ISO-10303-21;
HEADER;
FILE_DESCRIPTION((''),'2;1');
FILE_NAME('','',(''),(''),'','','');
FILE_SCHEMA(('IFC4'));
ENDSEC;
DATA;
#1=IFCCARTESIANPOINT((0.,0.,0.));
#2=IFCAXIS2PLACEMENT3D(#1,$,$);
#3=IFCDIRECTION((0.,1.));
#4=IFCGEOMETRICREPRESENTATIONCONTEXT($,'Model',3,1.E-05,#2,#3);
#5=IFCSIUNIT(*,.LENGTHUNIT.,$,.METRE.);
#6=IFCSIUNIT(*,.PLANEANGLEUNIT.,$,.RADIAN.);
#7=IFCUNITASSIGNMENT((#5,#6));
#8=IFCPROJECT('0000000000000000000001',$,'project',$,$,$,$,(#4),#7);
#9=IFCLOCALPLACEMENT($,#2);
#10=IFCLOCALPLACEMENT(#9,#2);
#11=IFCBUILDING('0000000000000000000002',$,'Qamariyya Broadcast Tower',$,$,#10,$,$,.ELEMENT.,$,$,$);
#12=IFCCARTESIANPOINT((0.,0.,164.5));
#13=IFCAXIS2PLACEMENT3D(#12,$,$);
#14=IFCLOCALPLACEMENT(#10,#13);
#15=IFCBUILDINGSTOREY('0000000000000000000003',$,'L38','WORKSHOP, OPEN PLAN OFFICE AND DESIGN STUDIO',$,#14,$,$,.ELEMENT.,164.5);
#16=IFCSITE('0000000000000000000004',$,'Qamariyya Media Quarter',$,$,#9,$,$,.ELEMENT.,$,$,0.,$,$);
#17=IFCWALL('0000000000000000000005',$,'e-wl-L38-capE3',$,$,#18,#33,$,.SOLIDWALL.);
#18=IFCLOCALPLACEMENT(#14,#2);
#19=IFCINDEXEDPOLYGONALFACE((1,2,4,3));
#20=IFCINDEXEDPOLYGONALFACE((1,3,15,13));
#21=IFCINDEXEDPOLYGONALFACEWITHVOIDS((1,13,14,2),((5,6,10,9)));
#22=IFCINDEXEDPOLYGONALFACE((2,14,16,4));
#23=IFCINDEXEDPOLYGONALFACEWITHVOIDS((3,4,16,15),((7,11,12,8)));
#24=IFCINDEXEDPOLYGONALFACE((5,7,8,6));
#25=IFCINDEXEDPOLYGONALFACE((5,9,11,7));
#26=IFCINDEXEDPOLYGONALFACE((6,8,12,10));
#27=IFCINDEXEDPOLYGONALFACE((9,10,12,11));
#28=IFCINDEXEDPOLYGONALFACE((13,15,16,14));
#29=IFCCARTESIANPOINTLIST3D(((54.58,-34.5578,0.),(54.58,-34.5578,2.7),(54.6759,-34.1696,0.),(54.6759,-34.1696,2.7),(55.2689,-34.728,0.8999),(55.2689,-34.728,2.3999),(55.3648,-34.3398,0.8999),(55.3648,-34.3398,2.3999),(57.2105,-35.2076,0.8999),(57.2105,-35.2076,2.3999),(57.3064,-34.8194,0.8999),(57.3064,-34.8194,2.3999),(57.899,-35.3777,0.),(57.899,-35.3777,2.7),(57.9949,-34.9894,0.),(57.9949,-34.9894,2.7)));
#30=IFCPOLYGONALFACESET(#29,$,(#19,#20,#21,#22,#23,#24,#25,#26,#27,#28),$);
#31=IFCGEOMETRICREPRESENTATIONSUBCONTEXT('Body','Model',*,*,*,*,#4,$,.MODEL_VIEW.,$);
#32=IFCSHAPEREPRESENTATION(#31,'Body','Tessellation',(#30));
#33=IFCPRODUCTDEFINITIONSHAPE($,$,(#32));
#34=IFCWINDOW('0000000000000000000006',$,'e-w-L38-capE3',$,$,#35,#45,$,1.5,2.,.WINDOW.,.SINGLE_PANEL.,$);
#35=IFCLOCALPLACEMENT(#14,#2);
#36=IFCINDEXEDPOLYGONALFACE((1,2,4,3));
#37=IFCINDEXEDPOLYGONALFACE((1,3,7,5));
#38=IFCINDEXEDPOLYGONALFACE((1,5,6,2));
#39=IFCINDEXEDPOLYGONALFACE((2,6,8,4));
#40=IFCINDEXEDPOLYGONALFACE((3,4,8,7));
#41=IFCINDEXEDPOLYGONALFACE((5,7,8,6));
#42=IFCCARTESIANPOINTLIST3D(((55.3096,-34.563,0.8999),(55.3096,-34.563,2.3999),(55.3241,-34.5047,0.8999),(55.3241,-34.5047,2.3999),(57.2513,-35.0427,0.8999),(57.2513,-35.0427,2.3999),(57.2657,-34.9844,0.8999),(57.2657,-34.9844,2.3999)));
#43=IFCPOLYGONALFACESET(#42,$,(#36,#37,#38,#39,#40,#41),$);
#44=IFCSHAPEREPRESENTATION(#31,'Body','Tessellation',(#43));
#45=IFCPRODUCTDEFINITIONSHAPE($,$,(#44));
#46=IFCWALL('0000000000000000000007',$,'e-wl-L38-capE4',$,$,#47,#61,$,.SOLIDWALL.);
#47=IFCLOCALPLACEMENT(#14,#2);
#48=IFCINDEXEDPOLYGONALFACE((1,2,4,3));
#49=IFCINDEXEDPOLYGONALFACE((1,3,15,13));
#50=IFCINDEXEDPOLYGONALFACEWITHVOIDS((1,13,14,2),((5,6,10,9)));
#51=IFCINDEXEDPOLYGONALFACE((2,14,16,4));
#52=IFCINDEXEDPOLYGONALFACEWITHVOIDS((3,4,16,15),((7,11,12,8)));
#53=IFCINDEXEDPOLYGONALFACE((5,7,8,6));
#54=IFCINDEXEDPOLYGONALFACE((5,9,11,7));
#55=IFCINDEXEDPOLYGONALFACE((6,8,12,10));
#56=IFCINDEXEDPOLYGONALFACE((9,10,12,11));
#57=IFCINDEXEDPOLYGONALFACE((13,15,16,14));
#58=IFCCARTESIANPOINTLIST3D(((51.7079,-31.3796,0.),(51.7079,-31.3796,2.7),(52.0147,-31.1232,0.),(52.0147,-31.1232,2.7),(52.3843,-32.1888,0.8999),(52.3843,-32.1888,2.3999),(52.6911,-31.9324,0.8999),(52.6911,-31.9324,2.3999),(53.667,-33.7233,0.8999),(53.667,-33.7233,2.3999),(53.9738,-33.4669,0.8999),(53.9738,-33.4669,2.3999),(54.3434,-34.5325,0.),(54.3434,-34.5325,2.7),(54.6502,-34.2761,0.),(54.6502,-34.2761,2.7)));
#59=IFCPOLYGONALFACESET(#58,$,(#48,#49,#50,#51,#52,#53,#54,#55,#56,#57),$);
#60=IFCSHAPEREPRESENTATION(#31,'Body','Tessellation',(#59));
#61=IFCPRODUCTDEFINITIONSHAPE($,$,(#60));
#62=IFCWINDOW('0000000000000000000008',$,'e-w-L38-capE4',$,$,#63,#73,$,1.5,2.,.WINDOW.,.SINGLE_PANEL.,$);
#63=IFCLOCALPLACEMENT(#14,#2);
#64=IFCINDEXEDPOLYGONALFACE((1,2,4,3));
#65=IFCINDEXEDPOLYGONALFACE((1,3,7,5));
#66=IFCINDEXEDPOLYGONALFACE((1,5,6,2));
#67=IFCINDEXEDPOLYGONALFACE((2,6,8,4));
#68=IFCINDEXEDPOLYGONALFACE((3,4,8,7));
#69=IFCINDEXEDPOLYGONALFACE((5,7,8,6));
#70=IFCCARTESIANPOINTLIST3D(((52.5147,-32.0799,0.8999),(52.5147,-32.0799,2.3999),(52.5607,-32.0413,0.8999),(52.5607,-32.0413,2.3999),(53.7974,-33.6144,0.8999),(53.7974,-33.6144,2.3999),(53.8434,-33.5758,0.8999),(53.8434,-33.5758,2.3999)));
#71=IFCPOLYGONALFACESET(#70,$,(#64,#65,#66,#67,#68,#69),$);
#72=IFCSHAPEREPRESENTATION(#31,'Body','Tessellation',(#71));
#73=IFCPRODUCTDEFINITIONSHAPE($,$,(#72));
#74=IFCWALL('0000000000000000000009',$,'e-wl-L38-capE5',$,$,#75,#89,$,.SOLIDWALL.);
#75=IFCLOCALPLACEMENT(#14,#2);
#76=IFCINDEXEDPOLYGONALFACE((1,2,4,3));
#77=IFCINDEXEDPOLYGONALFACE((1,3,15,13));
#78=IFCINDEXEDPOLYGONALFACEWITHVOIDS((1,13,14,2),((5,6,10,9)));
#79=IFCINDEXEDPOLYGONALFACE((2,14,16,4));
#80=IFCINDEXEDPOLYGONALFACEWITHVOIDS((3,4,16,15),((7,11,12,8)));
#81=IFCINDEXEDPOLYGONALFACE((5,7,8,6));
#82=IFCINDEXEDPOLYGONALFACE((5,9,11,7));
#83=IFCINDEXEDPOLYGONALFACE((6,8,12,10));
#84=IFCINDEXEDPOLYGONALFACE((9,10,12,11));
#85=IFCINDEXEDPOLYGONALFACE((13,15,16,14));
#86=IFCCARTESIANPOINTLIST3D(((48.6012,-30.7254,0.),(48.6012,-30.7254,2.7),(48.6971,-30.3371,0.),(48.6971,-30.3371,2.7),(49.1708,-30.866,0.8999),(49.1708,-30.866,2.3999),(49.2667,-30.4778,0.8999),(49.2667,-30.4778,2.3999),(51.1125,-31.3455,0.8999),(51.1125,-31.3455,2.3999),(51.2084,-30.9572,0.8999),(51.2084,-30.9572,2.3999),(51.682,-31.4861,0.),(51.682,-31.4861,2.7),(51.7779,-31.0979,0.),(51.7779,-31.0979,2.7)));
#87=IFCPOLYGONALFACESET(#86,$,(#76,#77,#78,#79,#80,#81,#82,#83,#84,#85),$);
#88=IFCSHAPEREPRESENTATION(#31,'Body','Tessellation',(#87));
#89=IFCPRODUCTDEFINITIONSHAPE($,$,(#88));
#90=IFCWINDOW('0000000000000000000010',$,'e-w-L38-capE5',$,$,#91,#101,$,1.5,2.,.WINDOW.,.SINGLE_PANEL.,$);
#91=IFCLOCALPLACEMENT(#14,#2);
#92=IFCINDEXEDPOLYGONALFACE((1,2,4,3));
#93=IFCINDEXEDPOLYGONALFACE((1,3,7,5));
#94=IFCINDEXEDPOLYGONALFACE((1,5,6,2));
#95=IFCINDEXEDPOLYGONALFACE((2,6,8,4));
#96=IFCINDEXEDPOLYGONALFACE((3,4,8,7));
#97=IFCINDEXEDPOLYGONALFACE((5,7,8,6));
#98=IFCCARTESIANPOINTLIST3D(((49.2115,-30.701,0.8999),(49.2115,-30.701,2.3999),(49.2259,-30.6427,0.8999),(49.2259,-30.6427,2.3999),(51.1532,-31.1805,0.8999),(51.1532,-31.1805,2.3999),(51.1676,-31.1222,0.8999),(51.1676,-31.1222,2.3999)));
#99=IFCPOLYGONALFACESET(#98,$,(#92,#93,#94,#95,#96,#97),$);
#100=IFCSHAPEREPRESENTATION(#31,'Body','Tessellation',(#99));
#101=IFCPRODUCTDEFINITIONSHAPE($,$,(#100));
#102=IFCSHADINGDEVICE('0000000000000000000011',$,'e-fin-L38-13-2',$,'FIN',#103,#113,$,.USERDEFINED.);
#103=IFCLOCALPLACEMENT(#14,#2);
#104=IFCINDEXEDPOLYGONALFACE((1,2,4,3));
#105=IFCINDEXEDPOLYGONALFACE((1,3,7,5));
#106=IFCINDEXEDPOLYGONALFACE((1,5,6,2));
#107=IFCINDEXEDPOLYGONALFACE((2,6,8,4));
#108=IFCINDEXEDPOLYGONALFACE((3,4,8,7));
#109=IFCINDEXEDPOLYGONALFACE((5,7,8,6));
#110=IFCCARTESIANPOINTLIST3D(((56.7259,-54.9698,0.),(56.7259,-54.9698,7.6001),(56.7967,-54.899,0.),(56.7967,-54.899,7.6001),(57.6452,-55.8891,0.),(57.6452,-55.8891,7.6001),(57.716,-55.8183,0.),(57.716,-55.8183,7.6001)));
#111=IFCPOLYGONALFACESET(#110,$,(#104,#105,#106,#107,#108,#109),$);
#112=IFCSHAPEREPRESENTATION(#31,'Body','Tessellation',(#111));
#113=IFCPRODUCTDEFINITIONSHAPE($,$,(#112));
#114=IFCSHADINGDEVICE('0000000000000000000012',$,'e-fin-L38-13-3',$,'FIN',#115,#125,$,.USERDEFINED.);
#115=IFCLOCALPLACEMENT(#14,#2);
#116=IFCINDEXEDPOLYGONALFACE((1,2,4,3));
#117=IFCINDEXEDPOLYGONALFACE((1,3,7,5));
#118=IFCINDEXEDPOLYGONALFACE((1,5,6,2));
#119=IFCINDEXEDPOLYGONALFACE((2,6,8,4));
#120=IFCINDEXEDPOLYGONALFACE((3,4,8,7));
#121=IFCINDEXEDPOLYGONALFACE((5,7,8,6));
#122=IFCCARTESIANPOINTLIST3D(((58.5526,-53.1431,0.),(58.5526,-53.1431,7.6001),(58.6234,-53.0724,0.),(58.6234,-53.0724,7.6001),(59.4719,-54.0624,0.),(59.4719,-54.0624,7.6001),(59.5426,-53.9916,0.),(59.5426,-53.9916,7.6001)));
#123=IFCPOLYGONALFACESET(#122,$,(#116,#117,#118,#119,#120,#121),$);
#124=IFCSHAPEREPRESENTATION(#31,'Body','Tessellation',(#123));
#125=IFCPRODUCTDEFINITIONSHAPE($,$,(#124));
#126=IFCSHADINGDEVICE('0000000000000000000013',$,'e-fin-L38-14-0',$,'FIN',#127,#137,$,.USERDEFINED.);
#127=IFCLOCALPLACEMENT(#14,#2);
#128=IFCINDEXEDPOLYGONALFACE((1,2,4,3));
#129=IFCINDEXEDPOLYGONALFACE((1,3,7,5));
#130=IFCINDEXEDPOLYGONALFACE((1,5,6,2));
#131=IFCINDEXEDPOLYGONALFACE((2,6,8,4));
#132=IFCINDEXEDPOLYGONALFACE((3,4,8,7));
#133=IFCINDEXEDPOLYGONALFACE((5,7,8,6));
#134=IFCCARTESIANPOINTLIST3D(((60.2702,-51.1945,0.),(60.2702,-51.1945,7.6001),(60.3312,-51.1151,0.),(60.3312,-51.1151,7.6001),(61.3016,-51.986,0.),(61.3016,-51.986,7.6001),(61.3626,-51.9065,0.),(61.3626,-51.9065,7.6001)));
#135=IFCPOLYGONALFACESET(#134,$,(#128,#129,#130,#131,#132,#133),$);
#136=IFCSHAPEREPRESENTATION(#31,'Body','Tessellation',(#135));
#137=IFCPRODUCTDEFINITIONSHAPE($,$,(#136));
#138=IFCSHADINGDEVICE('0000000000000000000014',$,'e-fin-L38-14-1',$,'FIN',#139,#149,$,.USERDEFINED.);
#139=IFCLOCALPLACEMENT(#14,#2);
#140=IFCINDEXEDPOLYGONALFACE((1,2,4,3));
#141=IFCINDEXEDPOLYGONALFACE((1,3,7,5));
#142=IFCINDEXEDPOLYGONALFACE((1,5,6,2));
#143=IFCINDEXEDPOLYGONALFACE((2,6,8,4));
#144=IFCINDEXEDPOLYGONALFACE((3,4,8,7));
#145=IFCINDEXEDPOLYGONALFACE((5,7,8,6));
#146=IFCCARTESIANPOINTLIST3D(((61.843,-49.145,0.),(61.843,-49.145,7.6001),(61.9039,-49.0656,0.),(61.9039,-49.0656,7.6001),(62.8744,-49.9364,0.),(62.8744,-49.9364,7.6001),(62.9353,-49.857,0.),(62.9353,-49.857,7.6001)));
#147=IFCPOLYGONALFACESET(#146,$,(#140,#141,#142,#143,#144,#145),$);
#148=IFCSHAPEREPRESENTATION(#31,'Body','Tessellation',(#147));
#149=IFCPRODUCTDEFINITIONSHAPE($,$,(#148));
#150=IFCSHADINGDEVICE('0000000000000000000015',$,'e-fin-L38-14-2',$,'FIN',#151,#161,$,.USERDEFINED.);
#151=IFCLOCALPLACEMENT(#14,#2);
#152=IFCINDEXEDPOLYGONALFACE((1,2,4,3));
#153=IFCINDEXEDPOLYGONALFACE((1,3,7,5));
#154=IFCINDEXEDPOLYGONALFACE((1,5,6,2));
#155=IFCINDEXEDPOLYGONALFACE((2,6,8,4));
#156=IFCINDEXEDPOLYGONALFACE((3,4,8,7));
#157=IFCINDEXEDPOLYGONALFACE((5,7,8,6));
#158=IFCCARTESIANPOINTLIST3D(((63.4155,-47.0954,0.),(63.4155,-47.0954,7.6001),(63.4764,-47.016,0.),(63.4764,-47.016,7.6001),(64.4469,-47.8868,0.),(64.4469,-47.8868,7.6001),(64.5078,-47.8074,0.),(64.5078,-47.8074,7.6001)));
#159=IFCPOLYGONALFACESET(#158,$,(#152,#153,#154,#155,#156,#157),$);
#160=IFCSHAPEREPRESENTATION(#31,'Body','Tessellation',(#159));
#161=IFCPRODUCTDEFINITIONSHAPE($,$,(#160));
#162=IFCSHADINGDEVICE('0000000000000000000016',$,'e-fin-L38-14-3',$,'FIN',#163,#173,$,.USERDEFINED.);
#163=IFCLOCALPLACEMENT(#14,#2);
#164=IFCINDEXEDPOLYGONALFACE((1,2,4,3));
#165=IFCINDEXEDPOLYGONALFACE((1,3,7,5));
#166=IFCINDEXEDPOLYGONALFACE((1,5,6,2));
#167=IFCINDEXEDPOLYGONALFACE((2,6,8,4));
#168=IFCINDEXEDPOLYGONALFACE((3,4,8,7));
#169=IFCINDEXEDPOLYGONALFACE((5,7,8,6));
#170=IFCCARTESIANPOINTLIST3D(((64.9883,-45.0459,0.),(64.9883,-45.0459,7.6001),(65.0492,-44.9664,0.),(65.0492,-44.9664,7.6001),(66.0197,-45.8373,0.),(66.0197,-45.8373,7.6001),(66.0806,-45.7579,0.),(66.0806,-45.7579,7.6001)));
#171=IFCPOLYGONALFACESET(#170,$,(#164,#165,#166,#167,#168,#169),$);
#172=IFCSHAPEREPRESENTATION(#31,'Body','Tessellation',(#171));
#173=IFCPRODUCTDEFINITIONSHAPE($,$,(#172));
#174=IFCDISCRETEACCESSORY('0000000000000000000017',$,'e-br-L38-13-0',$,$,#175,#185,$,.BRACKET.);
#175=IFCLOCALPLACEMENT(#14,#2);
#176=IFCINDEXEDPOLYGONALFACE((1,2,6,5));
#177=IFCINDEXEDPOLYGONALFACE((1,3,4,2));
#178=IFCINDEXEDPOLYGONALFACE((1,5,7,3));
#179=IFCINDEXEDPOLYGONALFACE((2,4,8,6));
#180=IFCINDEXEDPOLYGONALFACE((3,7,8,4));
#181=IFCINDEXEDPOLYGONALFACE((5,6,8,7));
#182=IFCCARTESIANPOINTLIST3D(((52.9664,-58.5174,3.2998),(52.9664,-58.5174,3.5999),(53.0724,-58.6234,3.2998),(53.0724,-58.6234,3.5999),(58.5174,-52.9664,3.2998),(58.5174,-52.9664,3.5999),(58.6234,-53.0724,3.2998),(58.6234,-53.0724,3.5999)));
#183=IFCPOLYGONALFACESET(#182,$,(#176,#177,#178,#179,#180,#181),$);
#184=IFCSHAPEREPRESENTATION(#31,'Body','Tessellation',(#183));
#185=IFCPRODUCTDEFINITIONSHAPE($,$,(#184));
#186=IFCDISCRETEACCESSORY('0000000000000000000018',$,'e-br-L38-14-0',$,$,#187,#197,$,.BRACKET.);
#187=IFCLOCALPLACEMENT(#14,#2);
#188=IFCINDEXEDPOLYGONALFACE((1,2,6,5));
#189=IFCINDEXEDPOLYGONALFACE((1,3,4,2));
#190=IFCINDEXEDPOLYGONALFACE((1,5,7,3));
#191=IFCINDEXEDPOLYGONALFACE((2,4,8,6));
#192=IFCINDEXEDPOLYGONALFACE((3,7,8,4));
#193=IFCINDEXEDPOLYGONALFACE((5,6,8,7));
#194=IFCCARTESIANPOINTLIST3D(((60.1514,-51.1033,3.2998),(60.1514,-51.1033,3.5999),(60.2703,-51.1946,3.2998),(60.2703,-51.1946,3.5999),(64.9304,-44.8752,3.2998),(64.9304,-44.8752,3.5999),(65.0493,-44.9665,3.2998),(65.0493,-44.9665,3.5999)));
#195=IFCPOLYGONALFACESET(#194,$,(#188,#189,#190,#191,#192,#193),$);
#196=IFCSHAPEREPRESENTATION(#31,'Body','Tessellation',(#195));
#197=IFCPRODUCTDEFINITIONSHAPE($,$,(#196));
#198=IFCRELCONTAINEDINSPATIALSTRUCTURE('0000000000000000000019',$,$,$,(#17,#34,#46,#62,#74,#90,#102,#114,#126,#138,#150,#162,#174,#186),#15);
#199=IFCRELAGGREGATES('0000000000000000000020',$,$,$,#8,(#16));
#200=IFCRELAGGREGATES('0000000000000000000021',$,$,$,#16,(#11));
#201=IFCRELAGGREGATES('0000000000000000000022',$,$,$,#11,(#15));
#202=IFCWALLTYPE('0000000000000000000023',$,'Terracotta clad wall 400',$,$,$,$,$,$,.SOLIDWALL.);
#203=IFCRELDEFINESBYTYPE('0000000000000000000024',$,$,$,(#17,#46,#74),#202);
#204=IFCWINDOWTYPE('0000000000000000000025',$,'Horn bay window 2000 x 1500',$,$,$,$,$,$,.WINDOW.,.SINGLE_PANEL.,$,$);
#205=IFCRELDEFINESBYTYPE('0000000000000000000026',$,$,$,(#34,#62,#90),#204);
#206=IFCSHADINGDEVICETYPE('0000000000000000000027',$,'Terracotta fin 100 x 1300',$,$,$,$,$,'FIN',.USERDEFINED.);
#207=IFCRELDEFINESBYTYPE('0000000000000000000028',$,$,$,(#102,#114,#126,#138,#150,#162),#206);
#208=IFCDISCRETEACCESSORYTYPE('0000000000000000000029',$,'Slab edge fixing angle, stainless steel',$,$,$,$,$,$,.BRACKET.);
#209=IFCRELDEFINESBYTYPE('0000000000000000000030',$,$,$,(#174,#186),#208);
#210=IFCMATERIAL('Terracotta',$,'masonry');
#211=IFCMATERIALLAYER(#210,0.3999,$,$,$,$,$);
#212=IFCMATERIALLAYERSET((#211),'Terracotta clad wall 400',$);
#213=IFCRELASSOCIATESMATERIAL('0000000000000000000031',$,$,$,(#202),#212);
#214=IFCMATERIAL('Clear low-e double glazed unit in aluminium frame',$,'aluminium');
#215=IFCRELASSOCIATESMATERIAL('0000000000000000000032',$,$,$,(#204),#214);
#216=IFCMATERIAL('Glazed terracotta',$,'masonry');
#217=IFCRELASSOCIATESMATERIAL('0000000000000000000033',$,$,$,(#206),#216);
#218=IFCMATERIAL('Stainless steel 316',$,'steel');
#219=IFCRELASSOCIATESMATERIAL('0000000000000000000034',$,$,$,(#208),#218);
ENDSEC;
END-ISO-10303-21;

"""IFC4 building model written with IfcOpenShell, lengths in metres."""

from ifc_helpers import new_model, si_unit, direction, frame, frame_2d, origin, origin_2d, place, context, subcontext, project, spatial, rectangle, extrude, material, layer, layer_set, material_profile, profile_set, type_object, element, fill, save


model = new_model("IFC4")

# Units and contexts
model_context = context("Model", 3, precision=1e-05, world=origin(), true_north=direction((0.0, 1.0)))
body_context = subcontext(model_context, "Body", "Model", "MODEL_VIEW")
ifc_project = project(units=[si_unit("LENGTHUNIT", "METRE"), si_unit("PLANEANGLEUNIT", "RADIAN")], contexts=[model_context])

# Site, building, storey
site_placement = place(None, origin())
site = spatial("IfcSite", under=ifc_project, at=site_placement, Name="Qamariyya Media Quarter", CompositionType="ELEMENT", RefElevation=0.0)
building_placement = place(site_placement, origin())
building = spatial("IfcBuilding", under=site, at=building_placement, Name="Qamariyya Broadcast Tower", CompositionType="ELEMENT")
storey_placement = place(building_placement, frame((0.0, 0.0, 164.5)))
storey = spatial("IfcBuildingStorey", under=building, at=storey_placement, Name="L38", Description="WORKSHOP, OPEN PLAN OFFICE AND DESIGN STUDIO", CompositionType="ELEMENT", Elevation=164.5)

# Walls, openings, windows
ifc_material_1 = material(Name="Terracotta", Category="masonry")
ifc_layer = layer(ifc_material_1, 0.3999)
ifc_layer_set = layer_set([ifc_layer], Name="Terracotta clad wall 400")
wall_type = type_object("IfcWallType", Name="Terracotta clad wall 400", PredefinedType="SOLIDWALL", material=ifc_layer_set)
ifc_material_2 = material(Name="Clear low-e double glazed unit in aluminium frame", Category="aluminium")
window_type = type_object("IfcWindowType", Name="Horn bay window 2000 x 1500", PartitioningType="SINGLE_PANEL", PredefinedType="WINDOW", material=ifc_material_2)
wall_1_placement = place(storey_placement, frame((57.947, -35.1836, 0.0), z_axis=(0.0, 0.0, 1.0), x_axis=(-0.970819, 0.239812, 0.0)))
wall_1 = element("IfcWall", 1, at=wall_1_placement, inside=storey, type_object=wall_type, Name="e-wl-L38-capE3", PredefinedType="SOLIDWALL", context=body_context, shape_type="SweptSolid", body=[
    extrude(rectangle(XDim=3.4187, YDim=0.3999, at=frame_2d((1.7095, 0.0))), origin(), (0.0, 0.0, 1.0), 2.7),
])
opening_1_placement = place(wall_1_placement, frame((0.7092, 0.0, 0.8999)))
opening_1 = element("IfcOpeningElement", 2, at=opening_1_placement, cuts=wall_1, PredefinedType="OPENING", context=body_context, shape_type="SweptSolid", body=[
    extrude(rectangle(XDim=2.0, YDim=1.5, at=frame_2d((1.0, 0.75))), frame((0.0, 0.21, 0.0), z_axis=(0.0, -1.0, 0.0), x_axis=(1.0, 0.0, 0.0)), (0.0, 0.0, 1.0), 0.4199),
])
window_1_placement = place(opening_1_placement, origin())
window_1 = element("IfcWindow", 3, at=window_1_placement, inside=storey, type_object=window_type, Name="e-w-L38-capE3", OverallHeight=1.5, OverallWidth=2.0, PartitioningType="SINGLE_PANEL", PredefinedType="WINDOW", context=body_context, shape_type="SweptSolid", body=[
    extrude(rectangle(XDim=2.0, YDim=1.5, at=frame_2d((1.0, 0.75))), frame((0.0, 0.03, 0.0), z_axis=(0.0, -1.0, 0.0), x_axis=(1.0, 0.0, 0.0)), (0.0, 0.0, 1.0), 0.0601),
])
fill(opening_1, window_1)
wall_2_placement = place(storey_placement, frame((54.4968, -34.4043, 0.0), z_axis=(0.0, 0.0, 1.0), x_axis=(-0.641352, 0.767246, 0.0)))
wall_2 = element("IfcWall", 4, at=wall_2_placement, inside=storey, type_object=wall_type, Name="e-wl-L38-capE4", PredefinedType="SOLIDWALL", context=body_context, shape_type="SweptSolid", body=[
    extrude(rectangle(XDim=4.1094, YDim=0.3999, at=frame_2d((2.0547, 0.0))), origin(), (0.0, 0.0, 1.0), 2.7),
])
opening_2_placement = place(wall_2_placement, frame((1.0547, 0.0, 0.8999)))
opening_2 = element("IfcOpeningElement", 5, at=opening_2_placement, cuts=wall_2, PredefinedType="OPENING", context=body_context, shape_type="SweptSolid", body=[
    extrude(rectangle(XDim=2.0, YDim=1.5, at=frame_2d((1.0, 0.75))), frame((0.0, 0.21, 0.0), z_axis=(0.0, -1.0, 0.0), x_axis=(1.0, 0.0, 0.0)), (0.0, 0.0, 1.0), 0.4199),
])
window_2_placement = place(opening_2_placement, origin())
window_2 = element("IfcWindow", 6, at=window_2_placement, inside=storey, type_object=window_type, Name="e-w-L38-capE4", OverallHeight=1.5, OverallWidth=2.0, PartitioningType="SINGLE_PANEL", PredefinedType="WINDOW", context=body_context, shape_type="SweptSolid", body=[
    extrude(rectangle(XDim=2.0, YDim=1.5, at=frame_2d((1.0, 0.75))), frame((0.0, 0.03, 0.0), z_axis=(0.0, -1.0, 0.0), x_axis=(1.0, 0.0, 0.0)), (0.0, 0.0, 1.0), 0.0601),
])
fill(opening_2, window_2)
wall_3_placement = place(storey_placement, frame((51.73, -31.292, 0.0), z_axis=(0.0, 0.0, 1.0), x_axis=(-0.97084, 0.239729, 0.0)))
wall_3 = element("IfcWall", 7, at=wall_3_placement, inside=storey, type_object=wall_type, Name="e-wl-L38-capE5", PredefinedType="SOLIDWALL", context=body_context, shape_type="SweptSolid", body=[
    extrude(rectangle(XDim=3.1733, YDim=0.3999, at=frame_2d((1.5867, 0.0))), origin(), (0.0, 0.0, 1.0), 2.7),
])
opening_3_placement = place(wall_3_placement, frame((0.5867, 0.0, 0.8999)))
opening_3 = element("IfcOpeningElement", 8, at=opening_3_placement, cuts=wall_3, PredefinedType="OPENING", context=body_context, shape_type="SweptSolid", body=[
    extrude(rectangle(XDim=2.0, YDim=1.5, at=frame_2d((1.0, 0.75))), frame((0.0, 0.21, 0.0), z_axis=(0.0, -1.0, 0.0), x_axis=(1.0, 0.0, 0.0)), (0.0, 0.0, 1.0), 0.4199),
])
window_3_placement = place(opening_3_placement, origin())
window_3 = element("IfcWindow", 9, at=window_3_placement, inside=storey, type_object=window_type, Name="e-w-L38-capE5", OverallHeight=1.5, OverallWidth=2.0, PartitioningType="SINGLE_PANEL", PredefinedType="WINDOW", context=body_context, shape_type="SweptSolid", body=[
    extrude(rectangle(XDim=2.0, YDim=1.5, at=frame_2d((1.0, 0.75))), frame((0.0, 0.03, 0.0), z_axis=(0.0, -1.0, 0.0), x_axis=(1.0, 0.0, 0.0)), (0.0, 0.0, 1.0), 0.0601),
])
fill(opening_3, window_3)

# Shading devices
ifc_material_3 = material(Name="Glazed terracotta", Category="masonry")
ifc_material_profile_1 = material_profile(ifc_material_3, rectangle(XDim=1.3, YDim=0.1001, at=origin_2d()))
ifc_profile_set_1 = profile_set([ifc_material_profile_1], Name="Glazed terracotta")
shading_device_type_1 = type_object("IfcShadingDeviceType", Name="Terracotta fin 100 x 1300", ElementType="FIN", PredefinedType="USERDEFINED", material=ifc_profile_set_1)
for number, where, z_axis, x_axis, name in (
    (10, (57.2209, -55.394, 0.0), (0.0, 0.0, 1.0), (0.707107, -0.707107, 0.0), "e-fin-L38-13-2"),
    (11, (59.0476, -53.5674, 0.0), (0.0, 0.0, 1.0), (0.707107, -0.707107, 0.0), "e-fin-L38-13-3"),
    (12, (60.8164, -51.5505, 0.0), (0.0, 0.0, 1.0), (0.793353, -0.608761, 0.0), "e-fin-L38-14-0"),
    (13, (62.3892, -49.501, 0.0), (0.0, 0.0, 1.0), (0.793353, -0.608761, 0.0), "e-fin-L38-14-1"),
    (14, (63.9617, -47.4514, 0.0), (0.0, 0.0, 1.0), (0.793353, -0.608761, 0.0), "e-fin-L38-14-2"),
    (15, (65.5344, -45.4019, 0.0), (0.0, 0.0, 1.0), (0.793353, -0.608761, 0.0), "e-fin-L38-14-3"),
):
    element("IfcShadingDevice", number, at=place(storey_placement, frame(where, z_axis=z_axis, x_axis=x_axis)), inside=storey, type_object=shading_device_type_1, Name=name, ObjectType="FIN", PredefinedType="USERDEFINED", context=body_context, shape_type="SweptSolid", body=[
        extrude(rectangle(XDim=1.3, YDim=0.1001, at=origin_2d()), origin(), (0.0, 0.0, 1.0), 7.6001),
    ])

# Discrete accessories
ifc_material_4 = material(Name="Stainless steel 316", Category="steel")
discrete_accessory_type = type_object("IfcDiscreteAccessoryType", Name="Slab edge fixing angle, stainless steel", PredefinedType="BRACKET", material=ifc_material_4)
for number, where, z_axis, x_axis, name in (
    (16, (55.7949, -55.7949, 3.2998), (0.0, 0.0, 1.0), (0.707107, 0.707107, 0.0), "e-br-L38-13-0"),
    (17, (62.6003, -48.0349, 3.2998), (0.0, 0.0, 1.0), (0.608761, 0.793353, 0.0), "e-br-L38-14-0"),
):
    element("IfcDiscreteAccessory", number, at=place(storey_placement, frame(where, z_axis=z_axis, x_axis=x_axis)), inside=storey, type_object=discrete_accessory_type, Name=name, PredefinedType="BRACKET", context=body_context, shape_type="SweptSolid", body=[
        extrude(rectangle(XDim=7.8503, YDim=0.1499, at=origin_2d()), origin(), (0.0, 0.0, 1.0), 0.3),
    ])

save(model, "model.ifc")
